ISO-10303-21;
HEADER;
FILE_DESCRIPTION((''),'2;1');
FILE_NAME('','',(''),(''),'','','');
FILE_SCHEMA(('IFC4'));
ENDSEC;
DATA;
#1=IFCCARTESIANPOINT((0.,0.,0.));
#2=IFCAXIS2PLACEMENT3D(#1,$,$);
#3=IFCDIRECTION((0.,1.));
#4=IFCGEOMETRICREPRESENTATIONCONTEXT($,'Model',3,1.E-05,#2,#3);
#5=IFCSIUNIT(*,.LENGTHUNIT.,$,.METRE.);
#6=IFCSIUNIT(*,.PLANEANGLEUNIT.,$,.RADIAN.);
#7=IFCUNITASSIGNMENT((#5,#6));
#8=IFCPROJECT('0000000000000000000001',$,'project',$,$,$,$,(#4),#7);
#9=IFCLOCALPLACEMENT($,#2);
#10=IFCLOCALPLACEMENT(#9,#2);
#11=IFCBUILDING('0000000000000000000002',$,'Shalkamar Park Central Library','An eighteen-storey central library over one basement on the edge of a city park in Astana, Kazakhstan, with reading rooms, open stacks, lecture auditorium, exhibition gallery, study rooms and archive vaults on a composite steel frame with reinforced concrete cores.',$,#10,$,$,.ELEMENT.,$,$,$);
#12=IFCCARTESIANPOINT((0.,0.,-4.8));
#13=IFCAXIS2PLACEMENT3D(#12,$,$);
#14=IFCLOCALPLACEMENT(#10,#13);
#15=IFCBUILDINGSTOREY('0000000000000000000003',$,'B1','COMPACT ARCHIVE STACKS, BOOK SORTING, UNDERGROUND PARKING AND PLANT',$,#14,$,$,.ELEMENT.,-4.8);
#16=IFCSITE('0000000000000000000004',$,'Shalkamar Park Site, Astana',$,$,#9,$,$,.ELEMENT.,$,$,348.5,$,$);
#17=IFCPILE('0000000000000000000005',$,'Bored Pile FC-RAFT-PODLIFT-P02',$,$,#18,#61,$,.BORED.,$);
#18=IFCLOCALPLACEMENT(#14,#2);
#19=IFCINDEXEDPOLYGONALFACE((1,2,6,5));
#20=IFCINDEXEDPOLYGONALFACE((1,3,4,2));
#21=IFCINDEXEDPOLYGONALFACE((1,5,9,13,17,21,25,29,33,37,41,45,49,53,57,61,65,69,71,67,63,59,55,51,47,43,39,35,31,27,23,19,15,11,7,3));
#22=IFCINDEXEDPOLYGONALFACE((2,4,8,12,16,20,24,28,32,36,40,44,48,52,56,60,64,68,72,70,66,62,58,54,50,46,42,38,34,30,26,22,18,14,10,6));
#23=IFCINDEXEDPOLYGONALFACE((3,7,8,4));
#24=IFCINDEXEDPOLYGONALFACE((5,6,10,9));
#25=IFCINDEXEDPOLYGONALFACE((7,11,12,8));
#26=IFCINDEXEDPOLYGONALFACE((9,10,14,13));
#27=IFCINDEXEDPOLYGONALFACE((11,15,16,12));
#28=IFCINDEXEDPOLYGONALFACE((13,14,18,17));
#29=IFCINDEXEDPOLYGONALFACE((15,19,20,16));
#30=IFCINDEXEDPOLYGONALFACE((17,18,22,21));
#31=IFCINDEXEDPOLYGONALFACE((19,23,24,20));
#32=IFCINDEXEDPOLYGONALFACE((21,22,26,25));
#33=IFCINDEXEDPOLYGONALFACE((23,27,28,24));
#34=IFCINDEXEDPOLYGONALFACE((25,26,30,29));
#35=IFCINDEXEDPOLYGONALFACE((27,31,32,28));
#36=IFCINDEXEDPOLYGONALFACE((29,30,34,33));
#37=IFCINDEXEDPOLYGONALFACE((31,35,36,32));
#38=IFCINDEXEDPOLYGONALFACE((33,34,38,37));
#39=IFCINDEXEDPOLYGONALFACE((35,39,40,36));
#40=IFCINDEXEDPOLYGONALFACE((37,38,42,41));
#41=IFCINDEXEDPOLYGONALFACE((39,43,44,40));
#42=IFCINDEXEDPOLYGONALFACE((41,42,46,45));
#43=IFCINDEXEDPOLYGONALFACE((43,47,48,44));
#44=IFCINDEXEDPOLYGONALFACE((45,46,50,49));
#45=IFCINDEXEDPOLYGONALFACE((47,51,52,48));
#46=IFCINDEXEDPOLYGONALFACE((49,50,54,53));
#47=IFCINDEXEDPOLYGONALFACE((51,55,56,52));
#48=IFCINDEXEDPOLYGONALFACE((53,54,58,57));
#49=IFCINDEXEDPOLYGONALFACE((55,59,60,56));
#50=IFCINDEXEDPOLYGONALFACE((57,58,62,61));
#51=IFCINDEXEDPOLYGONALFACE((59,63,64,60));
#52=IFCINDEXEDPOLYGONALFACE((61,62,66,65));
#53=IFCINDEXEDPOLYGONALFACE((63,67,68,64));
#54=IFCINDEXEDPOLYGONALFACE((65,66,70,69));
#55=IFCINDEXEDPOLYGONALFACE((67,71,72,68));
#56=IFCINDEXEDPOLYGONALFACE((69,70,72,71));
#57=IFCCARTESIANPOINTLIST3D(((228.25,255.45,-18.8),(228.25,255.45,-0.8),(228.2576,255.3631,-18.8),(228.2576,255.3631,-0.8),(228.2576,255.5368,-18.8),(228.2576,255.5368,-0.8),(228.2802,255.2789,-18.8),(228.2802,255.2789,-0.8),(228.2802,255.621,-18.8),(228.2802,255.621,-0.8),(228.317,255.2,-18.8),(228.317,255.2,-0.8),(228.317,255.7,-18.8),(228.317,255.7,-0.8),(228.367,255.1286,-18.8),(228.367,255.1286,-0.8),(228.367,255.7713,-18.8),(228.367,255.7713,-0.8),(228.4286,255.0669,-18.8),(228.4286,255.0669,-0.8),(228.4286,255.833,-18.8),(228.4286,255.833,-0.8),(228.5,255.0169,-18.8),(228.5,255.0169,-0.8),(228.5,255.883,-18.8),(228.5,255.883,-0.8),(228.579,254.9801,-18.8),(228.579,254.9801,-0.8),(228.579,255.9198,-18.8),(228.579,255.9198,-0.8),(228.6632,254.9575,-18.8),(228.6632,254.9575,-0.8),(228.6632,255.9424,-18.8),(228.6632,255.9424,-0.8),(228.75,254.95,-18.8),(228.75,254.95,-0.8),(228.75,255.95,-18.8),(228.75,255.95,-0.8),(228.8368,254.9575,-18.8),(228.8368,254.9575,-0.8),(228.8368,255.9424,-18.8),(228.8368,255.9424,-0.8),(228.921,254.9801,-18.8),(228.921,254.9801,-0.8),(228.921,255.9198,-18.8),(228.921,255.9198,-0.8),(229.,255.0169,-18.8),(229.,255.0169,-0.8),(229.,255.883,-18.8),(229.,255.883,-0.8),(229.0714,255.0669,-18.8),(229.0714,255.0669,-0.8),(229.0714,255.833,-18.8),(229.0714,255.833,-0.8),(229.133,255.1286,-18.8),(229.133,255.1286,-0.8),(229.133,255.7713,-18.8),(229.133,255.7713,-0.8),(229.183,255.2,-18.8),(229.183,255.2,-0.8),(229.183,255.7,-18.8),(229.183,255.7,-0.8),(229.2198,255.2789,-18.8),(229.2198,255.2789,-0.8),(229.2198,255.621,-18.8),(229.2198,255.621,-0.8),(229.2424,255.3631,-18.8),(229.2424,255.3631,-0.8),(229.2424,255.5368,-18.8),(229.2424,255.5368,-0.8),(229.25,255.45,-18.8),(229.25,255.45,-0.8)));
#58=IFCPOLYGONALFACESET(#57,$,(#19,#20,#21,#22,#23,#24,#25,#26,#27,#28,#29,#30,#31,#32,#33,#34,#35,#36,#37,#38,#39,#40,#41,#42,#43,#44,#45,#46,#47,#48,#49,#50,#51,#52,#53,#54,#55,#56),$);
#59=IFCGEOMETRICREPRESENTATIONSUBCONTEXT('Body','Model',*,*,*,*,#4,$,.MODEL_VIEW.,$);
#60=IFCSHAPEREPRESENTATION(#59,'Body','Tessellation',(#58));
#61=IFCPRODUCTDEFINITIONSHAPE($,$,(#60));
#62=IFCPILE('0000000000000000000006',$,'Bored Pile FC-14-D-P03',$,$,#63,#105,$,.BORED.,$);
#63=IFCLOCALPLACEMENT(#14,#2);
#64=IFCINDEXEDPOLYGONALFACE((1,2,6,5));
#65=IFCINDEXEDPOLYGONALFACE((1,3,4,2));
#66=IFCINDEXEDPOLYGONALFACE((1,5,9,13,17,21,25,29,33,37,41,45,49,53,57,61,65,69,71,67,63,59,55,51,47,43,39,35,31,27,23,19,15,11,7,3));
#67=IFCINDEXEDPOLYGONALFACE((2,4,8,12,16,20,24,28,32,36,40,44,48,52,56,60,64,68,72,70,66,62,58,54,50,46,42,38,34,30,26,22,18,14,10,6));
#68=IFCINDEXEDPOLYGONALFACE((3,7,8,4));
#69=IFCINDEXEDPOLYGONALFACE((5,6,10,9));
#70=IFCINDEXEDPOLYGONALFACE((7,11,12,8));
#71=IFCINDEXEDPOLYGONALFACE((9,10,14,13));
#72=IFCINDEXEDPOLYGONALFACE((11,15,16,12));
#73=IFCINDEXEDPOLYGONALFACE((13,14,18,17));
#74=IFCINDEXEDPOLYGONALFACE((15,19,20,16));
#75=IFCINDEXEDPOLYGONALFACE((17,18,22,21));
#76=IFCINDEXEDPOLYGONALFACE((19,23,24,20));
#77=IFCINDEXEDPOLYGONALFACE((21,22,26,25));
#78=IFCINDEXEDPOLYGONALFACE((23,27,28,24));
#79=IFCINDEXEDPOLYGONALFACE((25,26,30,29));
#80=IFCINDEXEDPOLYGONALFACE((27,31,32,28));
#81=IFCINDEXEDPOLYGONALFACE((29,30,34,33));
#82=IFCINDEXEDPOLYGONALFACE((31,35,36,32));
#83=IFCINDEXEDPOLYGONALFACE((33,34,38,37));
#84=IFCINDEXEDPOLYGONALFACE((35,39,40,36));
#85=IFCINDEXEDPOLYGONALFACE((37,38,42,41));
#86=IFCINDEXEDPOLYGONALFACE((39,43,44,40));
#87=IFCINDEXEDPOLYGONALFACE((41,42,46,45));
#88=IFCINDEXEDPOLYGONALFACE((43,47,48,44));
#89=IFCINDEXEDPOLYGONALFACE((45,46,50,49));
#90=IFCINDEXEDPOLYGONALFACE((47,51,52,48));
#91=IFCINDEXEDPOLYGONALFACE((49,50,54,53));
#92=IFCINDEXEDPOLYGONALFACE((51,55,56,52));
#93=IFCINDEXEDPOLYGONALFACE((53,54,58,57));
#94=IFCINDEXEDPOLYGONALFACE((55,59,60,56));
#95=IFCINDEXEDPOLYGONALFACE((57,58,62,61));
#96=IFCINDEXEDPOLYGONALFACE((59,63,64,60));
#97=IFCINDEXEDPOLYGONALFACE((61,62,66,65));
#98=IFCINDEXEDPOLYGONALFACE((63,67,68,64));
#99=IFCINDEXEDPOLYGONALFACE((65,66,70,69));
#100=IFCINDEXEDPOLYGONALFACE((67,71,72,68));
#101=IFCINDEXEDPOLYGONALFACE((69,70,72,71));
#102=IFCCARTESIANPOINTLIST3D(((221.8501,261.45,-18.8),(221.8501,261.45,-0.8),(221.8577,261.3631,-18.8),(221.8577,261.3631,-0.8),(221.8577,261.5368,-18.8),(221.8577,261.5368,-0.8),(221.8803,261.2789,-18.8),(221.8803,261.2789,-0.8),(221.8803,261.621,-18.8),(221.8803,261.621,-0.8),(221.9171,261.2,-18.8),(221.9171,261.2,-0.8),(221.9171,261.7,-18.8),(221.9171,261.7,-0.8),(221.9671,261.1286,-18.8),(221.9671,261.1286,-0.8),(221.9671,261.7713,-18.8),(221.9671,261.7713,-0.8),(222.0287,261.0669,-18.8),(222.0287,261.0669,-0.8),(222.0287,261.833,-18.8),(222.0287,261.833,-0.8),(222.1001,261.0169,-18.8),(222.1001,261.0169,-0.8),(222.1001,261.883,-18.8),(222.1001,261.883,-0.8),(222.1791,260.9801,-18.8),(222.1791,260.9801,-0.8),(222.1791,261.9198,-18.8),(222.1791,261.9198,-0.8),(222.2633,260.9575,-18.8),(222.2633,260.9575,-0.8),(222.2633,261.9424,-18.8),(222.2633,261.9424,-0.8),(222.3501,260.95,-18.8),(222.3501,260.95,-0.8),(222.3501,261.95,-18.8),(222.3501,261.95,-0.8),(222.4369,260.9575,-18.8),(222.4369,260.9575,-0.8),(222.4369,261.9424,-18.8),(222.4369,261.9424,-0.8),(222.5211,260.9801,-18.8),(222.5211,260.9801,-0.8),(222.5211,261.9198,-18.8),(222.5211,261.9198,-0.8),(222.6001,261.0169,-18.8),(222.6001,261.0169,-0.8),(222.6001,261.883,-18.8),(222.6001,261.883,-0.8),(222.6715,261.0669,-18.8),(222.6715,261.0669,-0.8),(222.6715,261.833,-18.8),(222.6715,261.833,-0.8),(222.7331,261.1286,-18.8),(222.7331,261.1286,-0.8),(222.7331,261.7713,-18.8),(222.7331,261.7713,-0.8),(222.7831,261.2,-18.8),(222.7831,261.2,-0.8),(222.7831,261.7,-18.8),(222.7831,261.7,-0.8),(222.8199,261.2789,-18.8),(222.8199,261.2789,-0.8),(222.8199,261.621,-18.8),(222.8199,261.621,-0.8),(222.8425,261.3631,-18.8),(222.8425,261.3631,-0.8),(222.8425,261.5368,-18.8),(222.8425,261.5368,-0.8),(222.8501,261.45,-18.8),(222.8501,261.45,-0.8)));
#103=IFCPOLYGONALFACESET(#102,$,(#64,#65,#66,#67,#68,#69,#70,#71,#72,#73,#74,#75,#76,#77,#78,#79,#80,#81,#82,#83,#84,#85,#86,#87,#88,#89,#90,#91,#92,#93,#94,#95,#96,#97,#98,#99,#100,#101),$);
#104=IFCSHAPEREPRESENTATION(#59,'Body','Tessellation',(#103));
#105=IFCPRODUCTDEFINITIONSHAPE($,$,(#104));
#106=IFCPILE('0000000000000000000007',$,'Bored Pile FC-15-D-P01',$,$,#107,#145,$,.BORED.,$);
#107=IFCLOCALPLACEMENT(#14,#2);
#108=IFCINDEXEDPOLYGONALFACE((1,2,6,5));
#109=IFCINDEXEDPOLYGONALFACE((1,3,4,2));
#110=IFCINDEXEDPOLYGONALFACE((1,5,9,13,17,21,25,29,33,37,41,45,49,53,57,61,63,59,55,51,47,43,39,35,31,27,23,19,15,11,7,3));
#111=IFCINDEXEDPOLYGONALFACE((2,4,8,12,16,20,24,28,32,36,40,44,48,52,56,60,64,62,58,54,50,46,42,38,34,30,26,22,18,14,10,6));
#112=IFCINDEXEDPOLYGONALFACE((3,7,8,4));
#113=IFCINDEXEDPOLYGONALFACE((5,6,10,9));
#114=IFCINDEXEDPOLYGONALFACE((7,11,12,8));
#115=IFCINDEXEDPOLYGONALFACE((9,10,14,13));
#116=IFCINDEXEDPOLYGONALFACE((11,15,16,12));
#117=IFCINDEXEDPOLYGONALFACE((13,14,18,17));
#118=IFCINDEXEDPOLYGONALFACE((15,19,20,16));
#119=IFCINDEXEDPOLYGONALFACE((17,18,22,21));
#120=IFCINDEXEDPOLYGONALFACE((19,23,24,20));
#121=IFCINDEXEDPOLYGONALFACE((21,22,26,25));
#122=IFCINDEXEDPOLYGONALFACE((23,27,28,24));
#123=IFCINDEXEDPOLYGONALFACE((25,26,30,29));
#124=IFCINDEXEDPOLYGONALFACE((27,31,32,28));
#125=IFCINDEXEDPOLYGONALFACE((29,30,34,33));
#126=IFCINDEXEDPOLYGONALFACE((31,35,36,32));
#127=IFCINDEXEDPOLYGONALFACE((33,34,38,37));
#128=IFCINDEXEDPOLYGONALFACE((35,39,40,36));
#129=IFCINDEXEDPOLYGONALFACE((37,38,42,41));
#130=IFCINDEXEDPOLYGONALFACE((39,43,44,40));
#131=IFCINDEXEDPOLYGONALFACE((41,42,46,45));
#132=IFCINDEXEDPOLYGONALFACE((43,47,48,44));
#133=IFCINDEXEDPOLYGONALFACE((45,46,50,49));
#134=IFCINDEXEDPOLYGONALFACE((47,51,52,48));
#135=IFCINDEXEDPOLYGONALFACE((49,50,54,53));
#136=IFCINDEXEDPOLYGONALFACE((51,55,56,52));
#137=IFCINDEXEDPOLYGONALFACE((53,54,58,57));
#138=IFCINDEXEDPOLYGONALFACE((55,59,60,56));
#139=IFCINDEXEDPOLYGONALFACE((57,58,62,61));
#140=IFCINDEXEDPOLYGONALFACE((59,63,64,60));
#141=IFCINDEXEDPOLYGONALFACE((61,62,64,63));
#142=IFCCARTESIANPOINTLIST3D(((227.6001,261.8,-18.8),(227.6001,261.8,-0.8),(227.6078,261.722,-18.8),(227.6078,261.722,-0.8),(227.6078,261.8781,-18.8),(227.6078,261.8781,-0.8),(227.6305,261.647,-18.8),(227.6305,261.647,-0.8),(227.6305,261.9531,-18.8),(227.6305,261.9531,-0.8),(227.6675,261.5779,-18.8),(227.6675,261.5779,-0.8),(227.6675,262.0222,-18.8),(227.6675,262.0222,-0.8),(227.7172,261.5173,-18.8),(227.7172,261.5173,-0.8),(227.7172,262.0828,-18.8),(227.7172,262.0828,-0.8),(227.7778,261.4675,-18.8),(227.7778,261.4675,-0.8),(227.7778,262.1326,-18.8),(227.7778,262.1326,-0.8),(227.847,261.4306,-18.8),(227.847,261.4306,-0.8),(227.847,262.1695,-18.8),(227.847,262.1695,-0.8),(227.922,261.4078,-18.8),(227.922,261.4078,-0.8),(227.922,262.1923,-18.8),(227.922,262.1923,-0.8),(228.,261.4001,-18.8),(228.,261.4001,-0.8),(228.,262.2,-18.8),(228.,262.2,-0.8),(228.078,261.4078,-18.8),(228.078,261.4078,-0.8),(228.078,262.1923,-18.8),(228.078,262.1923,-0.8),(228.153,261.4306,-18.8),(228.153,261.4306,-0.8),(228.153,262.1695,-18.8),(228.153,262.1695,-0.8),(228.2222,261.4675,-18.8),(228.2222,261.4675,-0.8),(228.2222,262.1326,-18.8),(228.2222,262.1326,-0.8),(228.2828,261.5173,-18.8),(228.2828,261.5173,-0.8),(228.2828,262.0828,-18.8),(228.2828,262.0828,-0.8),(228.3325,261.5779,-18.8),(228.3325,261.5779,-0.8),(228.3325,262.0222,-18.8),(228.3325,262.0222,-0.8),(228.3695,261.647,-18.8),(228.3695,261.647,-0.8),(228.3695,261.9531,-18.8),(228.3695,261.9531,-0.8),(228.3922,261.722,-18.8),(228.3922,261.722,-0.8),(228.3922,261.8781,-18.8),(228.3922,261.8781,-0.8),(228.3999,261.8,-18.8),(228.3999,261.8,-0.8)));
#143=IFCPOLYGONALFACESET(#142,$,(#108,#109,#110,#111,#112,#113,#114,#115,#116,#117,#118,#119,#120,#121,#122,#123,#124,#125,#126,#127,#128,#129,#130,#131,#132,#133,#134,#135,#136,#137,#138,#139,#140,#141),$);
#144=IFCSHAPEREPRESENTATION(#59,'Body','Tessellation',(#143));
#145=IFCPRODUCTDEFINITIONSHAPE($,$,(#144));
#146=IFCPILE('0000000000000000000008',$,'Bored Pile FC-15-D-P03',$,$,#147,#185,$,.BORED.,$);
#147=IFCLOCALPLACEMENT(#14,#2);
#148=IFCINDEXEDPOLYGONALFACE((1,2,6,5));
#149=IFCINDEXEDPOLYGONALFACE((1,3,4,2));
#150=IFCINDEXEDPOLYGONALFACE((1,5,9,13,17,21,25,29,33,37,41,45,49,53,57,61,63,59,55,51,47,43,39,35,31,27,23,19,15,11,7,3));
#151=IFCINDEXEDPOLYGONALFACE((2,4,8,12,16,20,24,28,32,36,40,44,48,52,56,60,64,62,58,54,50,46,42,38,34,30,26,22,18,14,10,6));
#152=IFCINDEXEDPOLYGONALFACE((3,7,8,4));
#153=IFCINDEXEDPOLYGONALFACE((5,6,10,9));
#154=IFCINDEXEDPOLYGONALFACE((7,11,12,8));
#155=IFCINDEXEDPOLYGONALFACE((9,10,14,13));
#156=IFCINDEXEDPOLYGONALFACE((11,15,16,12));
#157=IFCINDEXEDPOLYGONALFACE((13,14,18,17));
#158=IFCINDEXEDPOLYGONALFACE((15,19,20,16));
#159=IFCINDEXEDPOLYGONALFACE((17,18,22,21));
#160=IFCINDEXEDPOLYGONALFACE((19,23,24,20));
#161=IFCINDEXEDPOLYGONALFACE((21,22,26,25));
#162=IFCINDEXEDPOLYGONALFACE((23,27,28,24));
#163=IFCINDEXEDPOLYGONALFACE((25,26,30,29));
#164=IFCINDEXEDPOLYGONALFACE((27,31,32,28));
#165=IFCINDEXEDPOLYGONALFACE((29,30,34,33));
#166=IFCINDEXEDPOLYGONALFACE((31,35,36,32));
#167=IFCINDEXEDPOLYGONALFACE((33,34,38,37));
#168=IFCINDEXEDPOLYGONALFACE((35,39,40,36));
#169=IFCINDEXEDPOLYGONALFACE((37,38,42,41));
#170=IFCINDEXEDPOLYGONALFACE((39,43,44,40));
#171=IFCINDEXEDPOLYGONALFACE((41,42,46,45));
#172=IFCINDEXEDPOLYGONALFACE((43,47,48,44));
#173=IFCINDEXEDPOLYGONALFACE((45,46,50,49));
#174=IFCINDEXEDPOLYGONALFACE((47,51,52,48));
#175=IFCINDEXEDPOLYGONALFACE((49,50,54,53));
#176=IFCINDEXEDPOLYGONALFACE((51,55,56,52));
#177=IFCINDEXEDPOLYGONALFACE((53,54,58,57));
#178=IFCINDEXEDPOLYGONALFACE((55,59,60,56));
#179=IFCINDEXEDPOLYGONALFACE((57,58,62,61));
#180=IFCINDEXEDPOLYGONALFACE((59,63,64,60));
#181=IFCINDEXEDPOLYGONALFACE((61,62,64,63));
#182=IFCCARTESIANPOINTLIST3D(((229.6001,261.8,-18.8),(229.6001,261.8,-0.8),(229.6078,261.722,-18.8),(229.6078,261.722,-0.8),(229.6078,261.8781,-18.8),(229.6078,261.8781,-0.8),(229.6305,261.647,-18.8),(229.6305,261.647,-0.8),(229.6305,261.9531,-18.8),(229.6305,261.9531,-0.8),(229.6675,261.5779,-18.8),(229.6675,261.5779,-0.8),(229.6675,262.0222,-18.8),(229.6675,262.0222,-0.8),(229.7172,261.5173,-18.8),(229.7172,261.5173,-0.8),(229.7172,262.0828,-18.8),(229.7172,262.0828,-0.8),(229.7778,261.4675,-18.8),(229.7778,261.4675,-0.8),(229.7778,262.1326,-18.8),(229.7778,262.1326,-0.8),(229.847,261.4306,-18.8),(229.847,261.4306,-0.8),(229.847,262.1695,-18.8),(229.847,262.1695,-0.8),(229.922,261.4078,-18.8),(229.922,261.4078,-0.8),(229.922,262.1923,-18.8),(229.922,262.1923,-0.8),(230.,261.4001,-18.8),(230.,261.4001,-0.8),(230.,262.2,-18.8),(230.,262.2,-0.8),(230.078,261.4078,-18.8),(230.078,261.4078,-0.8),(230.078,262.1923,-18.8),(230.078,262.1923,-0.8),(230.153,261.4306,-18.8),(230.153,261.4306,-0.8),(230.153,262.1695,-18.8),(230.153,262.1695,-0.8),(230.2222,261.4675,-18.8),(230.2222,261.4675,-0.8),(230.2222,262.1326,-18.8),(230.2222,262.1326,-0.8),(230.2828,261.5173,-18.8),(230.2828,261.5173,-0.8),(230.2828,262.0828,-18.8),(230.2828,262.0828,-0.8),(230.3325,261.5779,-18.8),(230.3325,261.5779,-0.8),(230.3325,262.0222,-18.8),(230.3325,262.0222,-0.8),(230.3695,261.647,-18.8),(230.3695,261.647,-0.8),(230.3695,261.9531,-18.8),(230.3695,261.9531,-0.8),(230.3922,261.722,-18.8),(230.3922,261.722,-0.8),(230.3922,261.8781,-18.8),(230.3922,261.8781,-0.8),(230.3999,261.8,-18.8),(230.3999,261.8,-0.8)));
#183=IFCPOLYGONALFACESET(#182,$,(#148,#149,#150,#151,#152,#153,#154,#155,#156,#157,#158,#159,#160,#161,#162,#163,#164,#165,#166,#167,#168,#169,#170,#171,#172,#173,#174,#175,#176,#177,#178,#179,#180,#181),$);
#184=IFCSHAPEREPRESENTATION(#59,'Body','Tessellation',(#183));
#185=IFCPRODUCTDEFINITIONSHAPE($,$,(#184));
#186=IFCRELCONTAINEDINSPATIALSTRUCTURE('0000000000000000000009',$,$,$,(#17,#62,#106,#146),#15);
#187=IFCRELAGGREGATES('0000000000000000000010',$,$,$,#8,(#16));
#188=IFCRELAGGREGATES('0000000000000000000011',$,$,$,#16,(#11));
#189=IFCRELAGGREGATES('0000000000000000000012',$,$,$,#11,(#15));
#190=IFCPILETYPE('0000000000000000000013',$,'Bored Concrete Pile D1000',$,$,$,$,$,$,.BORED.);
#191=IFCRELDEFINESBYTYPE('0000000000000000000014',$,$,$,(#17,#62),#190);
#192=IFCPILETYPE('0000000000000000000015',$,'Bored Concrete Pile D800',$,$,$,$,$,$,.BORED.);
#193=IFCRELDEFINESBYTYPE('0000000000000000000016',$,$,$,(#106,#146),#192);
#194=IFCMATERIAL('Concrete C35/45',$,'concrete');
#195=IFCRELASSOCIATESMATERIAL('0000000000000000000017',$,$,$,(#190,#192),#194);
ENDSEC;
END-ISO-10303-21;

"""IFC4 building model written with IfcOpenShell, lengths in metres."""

from ifc_helpers import new_model, si_unit, direction, frame, origin, origin_2d, place, context, subcontext, project, spatial, circle, extrude, material, material_profile, profile_set, type_object, element, save


model = new_model("IFC4")

# Units and contexts
model_context = context("Model", 3, precision=1e-05, world=origin(), true_north=direction((0.0, 1.0)))
body_context = subcontext(model_context, "Body", "Model", "MODEL_VIEW")
ifc_project = project(units=[si_unit("LENGTHUNIT", "METRE"), si_unit("PLANEANGLEUNIT", "RADIAN")], contexts=[model_context])

# Site, building, storey
site_placement = place(None, origin())
site = spatial("IfcSite", under=ifc_project, at=site_placement, Name="Shalkamar Park Site, Astana", CompositionType="ELEMENT", RefElevation=348.5)
building_placement = place(site_placement, origin())
building = spatial("IfcBuilding", under=site, at=building_placement, Name="Shalkamar Park Central Library", Description="An eighteen-storey central library over one basement on the edge of a city park in Astana, Kazakhstan, with reading rooms, open stacks, lecture auditorium, exhibition gallery, study rooms and archive vaults on a composite steel frame with reinforced concrete cores.", CompositionType="ELEMENT")
storey_placement = place(building_placement, frame((0.0, 0.0, -4.8)))
storey = spatial("IfcBuildingStorey", under=building, at=storey_placement, Name="B1", Description="COMPACT ARCHIVE STACKS, BOOK SORTING, UNDERGROUND PARKING AND PLANT", CompositionType="ELEMENT", Elevation=-4.8)

# Piles
ifc_material_1 = material(Name="Concrete C35/45", Category="concrete")
ifc_material_profile_1 = material_profile(ifc_material_1, circle(Radius=0.5, at=origin_2d()), Name="PILE D1000")
ifc_profile_set_1 = profile_set([ifc_material_profile_1], Name="Concrete C35/45")
pile_type_1 = type_object("IfcPileType", Name="Bored Concrete Pile D1000", PredefinedType="BORED", material=ifc_profile_set_1)
for number, where, z_axis, x_axis, name in (
    (1, (228.75, 255.45, -0.8), (0.0, 0.0, -1.0), (1.0, 0.0, 0.0), "Bored Pile FC-RAFT-PODLIFT-P02"),
    (2, (222.3501, 261.45, -0.8), (0.0, 0.0, -1.0), (1.0, 0.0, 0.0), "Bored Pile FC-14-D-P03"),
):
    element("IfcPile", number, at=place(storey_placement, frame(where, z_axis=z_axis, x_axis=x_axis)), inside=storey, type_object=pile_type_1, Name=name, PredefinedType="BORED", context=body_context, shape_type="SweptSolid", body=[
        extrude(circle(Radius=0.5, at=origin_2d()), origin(), (0.0, 0.0, 1.0), 18.0),
    ])
ifc_material_profile_2 = material_profile(ifc_material_1, circle(Radius=0.3999, at=origin_2d()), Name="PILE D800")
ifc_profile_set_2 = profile_set([ifc_material_profile_2], Name="Concrete C35/45")
pile_type_2 = type_object("IfcPileType", Name="Bored Concrete Pile D800", PredefinedType="BORED", material=ifc_profile_set_2)
for number, where, z_axis, x_axis, name in (
    (3, (228.0, 261.8, -0.8), (0.0, 0.0, -1.0), (1.0, 0.0, 0.0), "Bored Pile FC-15-D-P01"),
    (4, (230.0, 261.8, -0.8), (0.0, 0.0, -1.0), (1.0, 0.0, 0.0), "Bored Pile FC-15-D-P03"),
):
    element("IfcPile", number, at=place(storey_placement, frame(where, z_axis=z_axis, x_axis=x_axis)), inside=storey, type_object=pile_type_2, Name=name, PredefinedType="BORED", context=body_context, shape_type="SweptSolid", body=[
        extrude(circle(Radius=0.3999, at=origin_2d()), origin(), (0.0, 0.0, 1.0), 18.0),
    ])

save(model, "model.ifc")
